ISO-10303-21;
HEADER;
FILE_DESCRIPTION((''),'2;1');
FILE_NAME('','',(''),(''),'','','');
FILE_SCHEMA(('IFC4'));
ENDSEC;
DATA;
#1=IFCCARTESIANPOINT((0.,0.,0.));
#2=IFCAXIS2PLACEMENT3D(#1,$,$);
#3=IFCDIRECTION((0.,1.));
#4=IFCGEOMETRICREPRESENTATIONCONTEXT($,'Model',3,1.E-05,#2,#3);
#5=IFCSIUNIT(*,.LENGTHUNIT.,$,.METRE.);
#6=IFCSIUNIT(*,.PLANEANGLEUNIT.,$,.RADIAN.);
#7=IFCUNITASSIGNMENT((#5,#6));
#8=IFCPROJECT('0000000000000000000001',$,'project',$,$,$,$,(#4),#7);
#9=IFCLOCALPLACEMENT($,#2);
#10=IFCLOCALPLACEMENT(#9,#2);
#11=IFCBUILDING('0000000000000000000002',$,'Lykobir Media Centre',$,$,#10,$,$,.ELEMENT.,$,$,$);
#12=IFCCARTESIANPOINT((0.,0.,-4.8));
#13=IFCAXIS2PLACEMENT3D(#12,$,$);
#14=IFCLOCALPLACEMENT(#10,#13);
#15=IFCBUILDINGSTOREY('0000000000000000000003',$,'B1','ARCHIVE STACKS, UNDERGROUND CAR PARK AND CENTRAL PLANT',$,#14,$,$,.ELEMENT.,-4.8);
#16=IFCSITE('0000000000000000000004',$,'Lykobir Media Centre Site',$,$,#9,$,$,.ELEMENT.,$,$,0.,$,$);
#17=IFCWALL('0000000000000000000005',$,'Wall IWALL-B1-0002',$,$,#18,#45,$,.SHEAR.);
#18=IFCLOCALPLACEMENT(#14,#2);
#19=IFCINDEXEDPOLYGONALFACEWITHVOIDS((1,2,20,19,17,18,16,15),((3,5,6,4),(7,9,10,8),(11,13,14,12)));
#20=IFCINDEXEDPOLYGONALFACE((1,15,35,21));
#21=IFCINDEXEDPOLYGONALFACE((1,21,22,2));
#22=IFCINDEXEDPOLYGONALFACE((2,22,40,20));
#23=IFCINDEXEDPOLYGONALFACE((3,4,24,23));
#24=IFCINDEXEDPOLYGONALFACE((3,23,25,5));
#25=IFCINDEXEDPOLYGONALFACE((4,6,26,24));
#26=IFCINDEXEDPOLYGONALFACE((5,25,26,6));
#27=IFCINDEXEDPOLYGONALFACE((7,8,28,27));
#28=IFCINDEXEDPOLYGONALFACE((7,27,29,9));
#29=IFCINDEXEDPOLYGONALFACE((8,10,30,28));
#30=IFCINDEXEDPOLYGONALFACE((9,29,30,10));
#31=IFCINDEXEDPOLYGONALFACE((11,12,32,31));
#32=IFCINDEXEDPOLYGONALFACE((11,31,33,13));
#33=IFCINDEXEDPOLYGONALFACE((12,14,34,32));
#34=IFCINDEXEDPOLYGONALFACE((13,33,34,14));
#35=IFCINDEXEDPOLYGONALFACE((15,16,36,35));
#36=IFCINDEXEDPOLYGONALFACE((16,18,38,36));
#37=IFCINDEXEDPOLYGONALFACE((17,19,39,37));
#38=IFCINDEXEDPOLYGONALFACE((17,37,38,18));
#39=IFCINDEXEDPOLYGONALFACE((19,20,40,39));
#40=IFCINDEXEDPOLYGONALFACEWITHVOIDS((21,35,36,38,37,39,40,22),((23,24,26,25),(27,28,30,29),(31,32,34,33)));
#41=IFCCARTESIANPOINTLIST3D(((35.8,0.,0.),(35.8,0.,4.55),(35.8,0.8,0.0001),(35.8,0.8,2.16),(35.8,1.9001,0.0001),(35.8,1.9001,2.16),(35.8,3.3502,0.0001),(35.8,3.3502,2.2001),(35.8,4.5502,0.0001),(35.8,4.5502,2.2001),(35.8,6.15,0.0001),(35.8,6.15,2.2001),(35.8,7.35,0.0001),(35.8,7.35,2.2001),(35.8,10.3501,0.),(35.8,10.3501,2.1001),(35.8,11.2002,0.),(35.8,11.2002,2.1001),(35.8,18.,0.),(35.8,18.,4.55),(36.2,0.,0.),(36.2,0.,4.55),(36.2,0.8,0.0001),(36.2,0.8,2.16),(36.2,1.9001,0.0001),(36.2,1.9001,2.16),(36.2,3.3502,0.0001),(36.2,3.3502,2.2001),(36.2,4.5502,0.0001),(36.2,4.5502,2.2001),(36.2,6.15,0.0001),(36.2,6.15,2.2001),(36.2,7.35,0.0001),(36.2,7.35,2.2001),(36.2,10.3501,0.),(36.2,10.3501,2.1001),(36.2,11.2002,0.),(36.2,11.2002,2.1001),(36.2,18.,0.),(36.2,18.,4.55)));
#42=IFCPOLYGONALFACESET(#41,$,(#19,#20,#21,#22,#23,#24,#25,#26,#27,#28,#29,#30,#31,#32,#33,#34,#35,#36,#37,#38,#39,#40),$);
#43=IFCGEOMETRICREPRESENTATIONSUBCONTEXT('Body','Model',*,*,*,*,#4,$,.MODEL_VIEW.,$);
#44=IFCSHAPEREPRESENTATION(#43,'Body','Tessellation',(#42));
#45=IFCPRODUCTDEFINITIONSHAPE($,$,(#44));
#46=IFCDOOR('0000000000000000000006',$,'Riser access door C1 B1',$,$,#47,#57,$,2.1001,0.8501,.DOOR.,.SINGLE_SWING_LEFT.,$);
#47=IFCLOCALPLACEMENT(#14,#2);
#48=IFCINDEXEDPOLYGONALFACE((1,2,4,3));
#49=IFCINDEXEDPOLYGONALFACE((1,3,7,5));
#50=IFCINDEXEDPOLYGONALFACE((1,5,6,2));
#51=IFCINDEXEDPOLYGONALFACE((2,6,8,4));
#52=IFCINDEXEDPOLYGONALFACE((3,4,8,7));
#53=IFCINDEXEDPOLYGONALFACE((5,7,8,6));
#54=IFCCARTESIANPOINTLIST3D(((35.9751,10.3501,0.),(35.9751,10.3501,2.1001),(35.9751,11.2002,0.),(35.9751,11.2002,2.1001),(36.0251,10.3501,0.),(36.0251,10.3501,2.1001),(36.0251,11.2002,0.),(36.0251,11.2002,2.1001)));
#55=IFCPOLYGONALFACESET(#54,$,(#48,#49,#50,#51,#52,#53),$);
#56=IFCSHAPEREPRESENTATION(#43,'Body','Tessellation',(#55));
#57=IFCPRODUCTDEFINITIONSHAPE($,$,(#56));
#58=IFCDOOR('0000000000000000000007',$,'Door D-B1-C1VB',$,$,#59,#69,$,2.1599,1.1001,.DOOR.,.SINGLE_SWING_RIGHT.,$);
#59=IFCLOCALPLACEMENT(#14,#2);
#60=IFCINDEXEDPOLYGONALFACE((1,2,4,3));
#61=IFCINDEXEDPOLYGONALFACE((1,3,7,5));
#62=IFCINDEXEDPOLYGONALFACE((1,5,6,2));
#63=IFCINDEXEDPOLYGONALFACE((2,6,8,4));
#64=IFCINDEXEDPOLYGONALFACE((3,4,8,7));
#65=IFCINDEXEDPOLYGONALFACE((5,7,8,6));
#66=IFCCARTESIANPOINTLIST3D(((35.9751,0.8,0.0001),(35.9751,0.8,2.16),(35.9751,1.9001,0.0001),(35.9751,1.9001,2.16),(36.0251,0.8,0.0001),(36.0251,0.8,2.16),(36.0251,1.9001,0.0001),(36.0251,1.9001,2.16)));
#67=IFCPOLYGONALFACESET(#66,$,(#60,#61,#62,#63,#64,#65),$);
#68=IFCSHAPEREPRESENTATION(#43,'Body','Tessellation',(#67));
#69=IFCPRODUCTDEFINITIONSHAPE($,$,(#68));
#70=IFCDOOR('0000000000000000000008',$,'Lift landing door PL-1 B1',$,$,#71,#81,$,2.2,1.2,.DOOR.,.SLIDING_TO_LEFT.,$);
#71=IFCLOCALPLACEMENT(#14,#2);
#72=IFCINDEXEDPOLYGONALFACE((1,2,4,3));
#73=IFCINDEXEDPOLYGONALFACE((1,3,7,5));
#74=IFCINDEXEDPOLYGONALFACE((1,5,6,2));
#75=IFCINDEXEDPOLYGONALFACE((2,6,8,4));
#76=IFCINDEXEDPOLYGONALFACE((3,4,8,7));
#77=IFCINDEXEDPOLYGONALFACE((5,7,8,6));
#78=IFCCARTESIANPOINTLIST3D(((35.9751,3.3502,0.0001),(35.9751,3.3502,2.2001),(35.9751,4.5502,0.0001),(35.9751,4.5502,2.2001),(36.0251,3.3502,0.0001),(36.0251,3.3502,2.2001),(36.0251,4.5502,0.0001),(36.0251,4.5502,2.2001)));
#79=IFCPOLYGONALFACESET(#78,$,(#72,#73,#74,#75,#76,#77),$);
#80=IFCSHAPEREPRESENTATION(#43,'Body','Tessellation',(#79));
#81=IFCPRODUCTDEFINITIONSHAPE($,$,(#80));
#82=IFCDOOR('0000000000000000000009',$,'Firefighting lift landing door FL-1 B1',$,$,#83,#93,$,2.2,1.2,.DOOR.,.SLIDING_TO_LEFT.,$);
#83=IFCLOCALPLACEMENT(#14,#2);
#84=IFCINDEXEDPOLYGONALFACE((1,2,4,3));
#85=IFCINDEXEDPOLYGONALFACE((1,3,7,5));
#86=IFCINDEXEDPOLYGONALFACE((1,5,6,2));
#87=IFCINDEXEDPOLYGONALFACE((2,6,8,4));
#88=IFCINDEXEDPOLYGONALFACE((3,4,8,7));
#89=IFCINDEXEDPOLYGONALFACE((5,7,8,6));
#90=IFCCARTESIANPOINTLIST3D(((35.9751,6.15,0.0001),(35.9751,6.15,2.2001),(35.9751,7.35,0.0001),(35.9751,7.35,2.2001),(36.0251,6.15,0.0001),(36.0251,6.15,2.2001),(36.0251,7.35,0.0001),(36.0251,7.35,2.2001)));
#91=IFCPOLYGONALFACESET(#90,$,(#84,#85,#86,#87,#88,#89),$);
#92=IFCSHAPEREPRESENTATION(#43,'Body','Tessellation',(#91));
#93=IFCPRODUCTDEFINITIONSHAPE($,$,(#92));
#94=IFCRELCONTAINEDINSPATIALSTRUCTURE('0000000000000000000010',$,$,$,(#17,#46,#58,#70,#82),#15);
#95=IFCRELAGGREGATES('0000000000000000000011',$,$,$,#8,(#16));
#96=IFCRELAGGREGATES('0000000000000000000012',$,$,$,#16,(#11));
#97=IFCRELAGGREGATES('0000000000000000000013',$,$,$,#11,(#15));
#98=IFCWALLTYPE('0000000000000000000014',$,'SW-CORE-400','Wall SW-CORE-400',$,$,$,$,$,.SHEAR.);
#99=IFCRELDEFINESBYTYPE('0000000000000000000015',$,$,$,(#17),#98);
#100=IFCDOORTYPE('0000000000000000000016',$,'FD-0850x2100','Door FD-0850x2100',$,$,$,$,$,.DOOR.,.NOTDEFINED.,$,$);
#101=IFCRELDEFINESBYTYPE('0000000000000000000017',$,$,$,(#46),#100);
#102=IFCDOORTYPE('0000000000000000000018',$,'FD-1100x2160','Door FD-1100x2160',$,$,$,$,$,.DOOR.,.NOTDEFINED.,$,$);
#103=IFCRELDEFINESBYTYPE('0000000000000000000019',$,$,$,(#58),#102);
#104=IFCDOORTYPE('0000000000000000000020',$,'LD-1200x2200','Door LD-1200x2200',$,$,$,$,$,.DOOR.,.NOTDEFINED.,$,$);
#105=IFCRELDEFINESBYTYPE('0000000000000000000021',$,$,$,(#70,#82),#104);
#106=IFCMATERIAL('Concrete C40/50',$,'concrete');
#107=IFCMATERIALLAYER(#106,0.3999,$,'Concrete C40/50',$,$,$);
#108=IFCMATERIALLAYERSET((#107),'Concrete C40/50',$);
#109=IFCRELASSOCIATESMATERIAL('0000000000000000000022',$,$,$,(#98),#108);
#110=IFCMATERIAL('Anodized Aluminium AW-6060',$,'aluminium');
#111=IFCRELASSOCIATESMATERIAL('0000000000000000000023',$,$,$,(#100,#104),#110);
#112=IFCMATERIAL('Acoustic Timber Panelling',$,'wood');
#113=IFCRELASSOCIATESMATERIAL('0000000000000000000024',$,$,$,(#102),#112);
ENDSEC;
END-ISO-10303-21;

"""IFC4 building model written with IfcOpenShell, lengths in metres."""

from ifc_helpers import new_model, si_unit, direction, frame, frame_2d, origin, place, context, subcontext, project, spatial, rectangle, extrude, material, layer, layer_set, type_object, element, fill, save


model = new_model("IFC4")

# Units and contexts
model_context = context("Model", 3, precision=1e-05, world=origin(), true_north=direction((0.0, 1.0)))
body_context = subcontext(model_context, "Body", "Model", "MODEL_VIEW")
ifc_project = project(units=[si_unit("LENGTHUNIT", "METRE"), si_unit("PLANEANGLEUNIT", "RADIAN")], contexts=[model_context])

# Site, building, storey
site_placement = place(None, origin())
site = spatial("IfcSite", under=ifc_project, at=site_placement, Name="Lykobir Media Centre Site", CompositionType="ELEMENT", RefElevation=0.0)
building_placement = place(site_placement, origin())
building = spatial("IfcBuilding", under=site, at=building_placement, Name="Lykobir Media Centre", CompositionType="ELEMENT")
storey_placement = place(building_placement, frame((0.0, 0.0, -4.8)))
storey = spatial("IfcBuildingStorey", under=building, at=storey_placement, Name="B1", Description="ARCHIVE STACKS, UNDERGROUND CAR PARK AND CENTRAL PLANT", CompositionType="ELEMENT", Elevation=-4.8)

# Shared definitions
ifc_material_1 = material(Name="Concrete C40/50", Category="concrete")

# Wall, openings, doors
ifc_layer_1 = layer(ifc_material_1, 0.3999, Name="Concrete C40/50")
ifc_layer_set_1 = layer_set([ifc_layer_1], Name="Concrete C40/50")
wall_type_1 = type_object("IfcWallType", Name="SW-CORE-400", Description="Wall SW-CORE-400", PredefinedType="SHEAR", material=ifc_layer_set_1)
wall_1_placement = place(storey_placement, frame((36.0, 0.0, 0.0), z_axis=(0.0, 0.0, 1.0), x_axis=(0.0, 1.0, 0.0)))
wall_1 = element("IfcWall", 1, at=wall_1_placement, inside=storey, type_object=wall_type_1, Name="Wall IWALL-B1-0002", PredefinedType="SHEAR", context=body_context, shape_type="SweptSolid", body=[
    extrude(rectangle(XDim=18.0, YDim=0.3999, at=frame_2d((9.0, 0.0))), origin(), (0.0, 0.0, 1.0), 4.55),
])
opening_1_placement = place(wall_1_placement, frame((0.8, 0.0, 0.0)))
opening_1 = element("IfcOpeningElement", 2, at=opening_1_placement, cuts=wall_1, PredefinedType="OPENING", context=body_context, shape_type="SweptSolid", body=[
    extrude(rectangle(XDim=1.1001, YDim=2.1599, at=frame_2d((0.55, 1.0801))), frame((0.0, 0.21, 0.0), z_axis=(0.0, -1.0, 0.0), x_axis=(1.0, 0.0, 0.0)), (0.0, 0.0, 1.0), 0.4199),
])
opening_2_placement = place(wall_1_placement, frame((3.3501, 0.0, 0.0)))
opening_2 = element("IfcOpeningElement", 3, at=opening_2_placement, cuts=wall_1, PredefinedType="OPENING", context=body_context, shape_type="SweptSolid", body=[
    extrude(rectangle(XDim=1.2, YDim=2.2, at=frame_2d((0.6001, 1.1001))), frame((0.0, 0.21, 0.0), z_axis=(0.0, -1.0, 0.0), x_axis=(1.0, 0.0, 0.0)), (0.0, 0.0, 1.0), 0.4199),
])
opening_3_placement = place(wall_1_placement, frame((6.1499, 0.0, 0.0)))
opening_3 = element("IfcOpeningElement", 4, at=opening_3_placement, cuts=wall_1, PredefinedType="OPENING", context=body_context, shape_type="SweptSolid", body=[
    extrude(rectangle(XDim=1.2, YDim=2.2, at=frame_2d((0.6001, 1.1001))), frame((0.0, 0.21, 0.0), z_axis=(0.0, -1.0, 0.0), x_axis=(1.0, 0.0, 0.0)), (0.0, 0.0, 1.0), 0.4199),
])
opening_4_placement = place(wall_1_placement, frame((10.3501, 0.0, 0.0)))
opening_4 = element("IfcOpeningElement", 5, at=opening_4_placement, cuts=wall_1, PredefinedType="OPENING", context=body_context, shape_type="SweptSolid", body=[
    extrude(rectangle(XDim=0.8501, YDim=2.1001, at=frame_2d((0.425, 1.05))), frame((0.0, 0.21, 0.0), z_axis=(0.0, -1.0, 0.0), x_axis=(1.0, 0.0, 0.0)), (0.0, 0.0, 1.0), 0.4199),
])
ifc_material_2 = material(Name="Anodized Aluminium AW-6060", Category="aluminium")
door_type_1 = type_object("IfcDoorType", Name="FD-0850x2100", Description="Door FD-0850x2100", OperationType="NOTDEFINED", PredefinedType="DOOR", material=ifc_material_2)
door_1_placement = place(opening_4_placement, origin())
door_1 = element("IfcDoor", 6, at=door_1_placement, inside=storey, type_object=door_type_1, Name="Riser access door C1 B1", OperationType="SINGLE_SWING_LEFT", OverallHeight=2.1001, OverallWidth=0.8501, PredefinedType="DOOR", context=body_context, shape_type="SweptSolid", body=[
    extrude(rectangle(XDim=0.8501, YDim=2.1001, at=frame_2d((0.425, 1.05))), frame((0.0, 0.0249, 0.0), z_axis=(0.0, -1.0, 0.0), x_axis=(1.0, 0.0, 0.0)), (0.0, 0.0, 1.0), 0.05),
])
fill(opening_4, door_1)
ifc_material_3 = material(Name="Acoustic Timber Panelling", Category="wood")
door_type_2 = type_object("IfcDoorType", Name="FD-1100x2160", Description="Door FD-1100x2160", OperationType="NOTDEFINED", PredefinedType="DOOR", material=ifc_material_3)
door_2_placement = place(opening_1_placement, origin())
door_2 = element("IfcDoor", 7, at=door_2_placement, inside=storey, type_object=door_type_2, Name="Door D-B1-C1VB", OperationType="SINGLE_SWING_RIGHT", OverallHeight=2.1599, OverallWidth=1.1001, PredefinedType="DOOR", context=body_context, shape_type="SweptSolid", body=[
    extrude(rectangle(XDim=1.1001, YDim=2.1599, at=frame_2d((0.55, 1.0801))), frame((0.0, 0.0249, 0.0), z_axis=(0.0, -1.0, 0.0), x_axis=(1.0, 0.0, 0.0)), (0.0, 0.0, 1.0), 0.05),
])
fill(opening_1, door_2)
door_type_3 = type_object("IfcDoorType", Name="LD-1200x2200", Description="Door LD-1200x2200", OperationType="NOTDEFINED", PredefinedType="DOOR", material=ifc_material_2)
door_3_placement = place(opening_2_placement, origin())
door_3 = element("IfcDoor", 8, at=door_3_placement, inside=storey, type_object=door_type_3, Name="Lift landing door PL-1 B1", OperationType="SLIDING_TO_LEFT", OverallHeight=2.2, OverallWidth=1.2, PredefinedType="DOOR", context=body_context, shape_type="SweptSolid", body=[
    extrude(rectangle(XDim=1.2, YDim=2.2, at=frame_2d((0.6001, 1.1001))), frame((0.0, 0.0249, 0.0), z_axis=(0.0, -1.0, 0.0), x_axis=(1.0, 0.0, 0.0)), (0.0, 0.0, 1.0), 0.05),
])
fill(opening_2, door_3)
door_4_placement = place(opening_3_placement, origin())
door_4 = element("IfcDoor", 9, at=door_4_placement, inside=storey, type_object=door_type_3, Name="Firefighting lift landing door FL-1 B1", OperationType="SLIDING_TO_LEFT", OverallHeight=2.2, OverallWidth=1.2, PredefinedType="DOOR", context=body_context, shape_type="SweptSolid", body=[
    extrude(rectangle(XDim=1.2, YDim=2.2, at=frame_2d((0.6001, 1.1001))), frame((0.0, 0.0249, 0.0), z_axis=(0.0, -1.0, 0.0), x_axis=(1.0, 0.0, 0.0)), (0.0, 0.0, 1.0), 0.05),
])
fill(opening_3, door_4)

save(model, "model.ifc")
